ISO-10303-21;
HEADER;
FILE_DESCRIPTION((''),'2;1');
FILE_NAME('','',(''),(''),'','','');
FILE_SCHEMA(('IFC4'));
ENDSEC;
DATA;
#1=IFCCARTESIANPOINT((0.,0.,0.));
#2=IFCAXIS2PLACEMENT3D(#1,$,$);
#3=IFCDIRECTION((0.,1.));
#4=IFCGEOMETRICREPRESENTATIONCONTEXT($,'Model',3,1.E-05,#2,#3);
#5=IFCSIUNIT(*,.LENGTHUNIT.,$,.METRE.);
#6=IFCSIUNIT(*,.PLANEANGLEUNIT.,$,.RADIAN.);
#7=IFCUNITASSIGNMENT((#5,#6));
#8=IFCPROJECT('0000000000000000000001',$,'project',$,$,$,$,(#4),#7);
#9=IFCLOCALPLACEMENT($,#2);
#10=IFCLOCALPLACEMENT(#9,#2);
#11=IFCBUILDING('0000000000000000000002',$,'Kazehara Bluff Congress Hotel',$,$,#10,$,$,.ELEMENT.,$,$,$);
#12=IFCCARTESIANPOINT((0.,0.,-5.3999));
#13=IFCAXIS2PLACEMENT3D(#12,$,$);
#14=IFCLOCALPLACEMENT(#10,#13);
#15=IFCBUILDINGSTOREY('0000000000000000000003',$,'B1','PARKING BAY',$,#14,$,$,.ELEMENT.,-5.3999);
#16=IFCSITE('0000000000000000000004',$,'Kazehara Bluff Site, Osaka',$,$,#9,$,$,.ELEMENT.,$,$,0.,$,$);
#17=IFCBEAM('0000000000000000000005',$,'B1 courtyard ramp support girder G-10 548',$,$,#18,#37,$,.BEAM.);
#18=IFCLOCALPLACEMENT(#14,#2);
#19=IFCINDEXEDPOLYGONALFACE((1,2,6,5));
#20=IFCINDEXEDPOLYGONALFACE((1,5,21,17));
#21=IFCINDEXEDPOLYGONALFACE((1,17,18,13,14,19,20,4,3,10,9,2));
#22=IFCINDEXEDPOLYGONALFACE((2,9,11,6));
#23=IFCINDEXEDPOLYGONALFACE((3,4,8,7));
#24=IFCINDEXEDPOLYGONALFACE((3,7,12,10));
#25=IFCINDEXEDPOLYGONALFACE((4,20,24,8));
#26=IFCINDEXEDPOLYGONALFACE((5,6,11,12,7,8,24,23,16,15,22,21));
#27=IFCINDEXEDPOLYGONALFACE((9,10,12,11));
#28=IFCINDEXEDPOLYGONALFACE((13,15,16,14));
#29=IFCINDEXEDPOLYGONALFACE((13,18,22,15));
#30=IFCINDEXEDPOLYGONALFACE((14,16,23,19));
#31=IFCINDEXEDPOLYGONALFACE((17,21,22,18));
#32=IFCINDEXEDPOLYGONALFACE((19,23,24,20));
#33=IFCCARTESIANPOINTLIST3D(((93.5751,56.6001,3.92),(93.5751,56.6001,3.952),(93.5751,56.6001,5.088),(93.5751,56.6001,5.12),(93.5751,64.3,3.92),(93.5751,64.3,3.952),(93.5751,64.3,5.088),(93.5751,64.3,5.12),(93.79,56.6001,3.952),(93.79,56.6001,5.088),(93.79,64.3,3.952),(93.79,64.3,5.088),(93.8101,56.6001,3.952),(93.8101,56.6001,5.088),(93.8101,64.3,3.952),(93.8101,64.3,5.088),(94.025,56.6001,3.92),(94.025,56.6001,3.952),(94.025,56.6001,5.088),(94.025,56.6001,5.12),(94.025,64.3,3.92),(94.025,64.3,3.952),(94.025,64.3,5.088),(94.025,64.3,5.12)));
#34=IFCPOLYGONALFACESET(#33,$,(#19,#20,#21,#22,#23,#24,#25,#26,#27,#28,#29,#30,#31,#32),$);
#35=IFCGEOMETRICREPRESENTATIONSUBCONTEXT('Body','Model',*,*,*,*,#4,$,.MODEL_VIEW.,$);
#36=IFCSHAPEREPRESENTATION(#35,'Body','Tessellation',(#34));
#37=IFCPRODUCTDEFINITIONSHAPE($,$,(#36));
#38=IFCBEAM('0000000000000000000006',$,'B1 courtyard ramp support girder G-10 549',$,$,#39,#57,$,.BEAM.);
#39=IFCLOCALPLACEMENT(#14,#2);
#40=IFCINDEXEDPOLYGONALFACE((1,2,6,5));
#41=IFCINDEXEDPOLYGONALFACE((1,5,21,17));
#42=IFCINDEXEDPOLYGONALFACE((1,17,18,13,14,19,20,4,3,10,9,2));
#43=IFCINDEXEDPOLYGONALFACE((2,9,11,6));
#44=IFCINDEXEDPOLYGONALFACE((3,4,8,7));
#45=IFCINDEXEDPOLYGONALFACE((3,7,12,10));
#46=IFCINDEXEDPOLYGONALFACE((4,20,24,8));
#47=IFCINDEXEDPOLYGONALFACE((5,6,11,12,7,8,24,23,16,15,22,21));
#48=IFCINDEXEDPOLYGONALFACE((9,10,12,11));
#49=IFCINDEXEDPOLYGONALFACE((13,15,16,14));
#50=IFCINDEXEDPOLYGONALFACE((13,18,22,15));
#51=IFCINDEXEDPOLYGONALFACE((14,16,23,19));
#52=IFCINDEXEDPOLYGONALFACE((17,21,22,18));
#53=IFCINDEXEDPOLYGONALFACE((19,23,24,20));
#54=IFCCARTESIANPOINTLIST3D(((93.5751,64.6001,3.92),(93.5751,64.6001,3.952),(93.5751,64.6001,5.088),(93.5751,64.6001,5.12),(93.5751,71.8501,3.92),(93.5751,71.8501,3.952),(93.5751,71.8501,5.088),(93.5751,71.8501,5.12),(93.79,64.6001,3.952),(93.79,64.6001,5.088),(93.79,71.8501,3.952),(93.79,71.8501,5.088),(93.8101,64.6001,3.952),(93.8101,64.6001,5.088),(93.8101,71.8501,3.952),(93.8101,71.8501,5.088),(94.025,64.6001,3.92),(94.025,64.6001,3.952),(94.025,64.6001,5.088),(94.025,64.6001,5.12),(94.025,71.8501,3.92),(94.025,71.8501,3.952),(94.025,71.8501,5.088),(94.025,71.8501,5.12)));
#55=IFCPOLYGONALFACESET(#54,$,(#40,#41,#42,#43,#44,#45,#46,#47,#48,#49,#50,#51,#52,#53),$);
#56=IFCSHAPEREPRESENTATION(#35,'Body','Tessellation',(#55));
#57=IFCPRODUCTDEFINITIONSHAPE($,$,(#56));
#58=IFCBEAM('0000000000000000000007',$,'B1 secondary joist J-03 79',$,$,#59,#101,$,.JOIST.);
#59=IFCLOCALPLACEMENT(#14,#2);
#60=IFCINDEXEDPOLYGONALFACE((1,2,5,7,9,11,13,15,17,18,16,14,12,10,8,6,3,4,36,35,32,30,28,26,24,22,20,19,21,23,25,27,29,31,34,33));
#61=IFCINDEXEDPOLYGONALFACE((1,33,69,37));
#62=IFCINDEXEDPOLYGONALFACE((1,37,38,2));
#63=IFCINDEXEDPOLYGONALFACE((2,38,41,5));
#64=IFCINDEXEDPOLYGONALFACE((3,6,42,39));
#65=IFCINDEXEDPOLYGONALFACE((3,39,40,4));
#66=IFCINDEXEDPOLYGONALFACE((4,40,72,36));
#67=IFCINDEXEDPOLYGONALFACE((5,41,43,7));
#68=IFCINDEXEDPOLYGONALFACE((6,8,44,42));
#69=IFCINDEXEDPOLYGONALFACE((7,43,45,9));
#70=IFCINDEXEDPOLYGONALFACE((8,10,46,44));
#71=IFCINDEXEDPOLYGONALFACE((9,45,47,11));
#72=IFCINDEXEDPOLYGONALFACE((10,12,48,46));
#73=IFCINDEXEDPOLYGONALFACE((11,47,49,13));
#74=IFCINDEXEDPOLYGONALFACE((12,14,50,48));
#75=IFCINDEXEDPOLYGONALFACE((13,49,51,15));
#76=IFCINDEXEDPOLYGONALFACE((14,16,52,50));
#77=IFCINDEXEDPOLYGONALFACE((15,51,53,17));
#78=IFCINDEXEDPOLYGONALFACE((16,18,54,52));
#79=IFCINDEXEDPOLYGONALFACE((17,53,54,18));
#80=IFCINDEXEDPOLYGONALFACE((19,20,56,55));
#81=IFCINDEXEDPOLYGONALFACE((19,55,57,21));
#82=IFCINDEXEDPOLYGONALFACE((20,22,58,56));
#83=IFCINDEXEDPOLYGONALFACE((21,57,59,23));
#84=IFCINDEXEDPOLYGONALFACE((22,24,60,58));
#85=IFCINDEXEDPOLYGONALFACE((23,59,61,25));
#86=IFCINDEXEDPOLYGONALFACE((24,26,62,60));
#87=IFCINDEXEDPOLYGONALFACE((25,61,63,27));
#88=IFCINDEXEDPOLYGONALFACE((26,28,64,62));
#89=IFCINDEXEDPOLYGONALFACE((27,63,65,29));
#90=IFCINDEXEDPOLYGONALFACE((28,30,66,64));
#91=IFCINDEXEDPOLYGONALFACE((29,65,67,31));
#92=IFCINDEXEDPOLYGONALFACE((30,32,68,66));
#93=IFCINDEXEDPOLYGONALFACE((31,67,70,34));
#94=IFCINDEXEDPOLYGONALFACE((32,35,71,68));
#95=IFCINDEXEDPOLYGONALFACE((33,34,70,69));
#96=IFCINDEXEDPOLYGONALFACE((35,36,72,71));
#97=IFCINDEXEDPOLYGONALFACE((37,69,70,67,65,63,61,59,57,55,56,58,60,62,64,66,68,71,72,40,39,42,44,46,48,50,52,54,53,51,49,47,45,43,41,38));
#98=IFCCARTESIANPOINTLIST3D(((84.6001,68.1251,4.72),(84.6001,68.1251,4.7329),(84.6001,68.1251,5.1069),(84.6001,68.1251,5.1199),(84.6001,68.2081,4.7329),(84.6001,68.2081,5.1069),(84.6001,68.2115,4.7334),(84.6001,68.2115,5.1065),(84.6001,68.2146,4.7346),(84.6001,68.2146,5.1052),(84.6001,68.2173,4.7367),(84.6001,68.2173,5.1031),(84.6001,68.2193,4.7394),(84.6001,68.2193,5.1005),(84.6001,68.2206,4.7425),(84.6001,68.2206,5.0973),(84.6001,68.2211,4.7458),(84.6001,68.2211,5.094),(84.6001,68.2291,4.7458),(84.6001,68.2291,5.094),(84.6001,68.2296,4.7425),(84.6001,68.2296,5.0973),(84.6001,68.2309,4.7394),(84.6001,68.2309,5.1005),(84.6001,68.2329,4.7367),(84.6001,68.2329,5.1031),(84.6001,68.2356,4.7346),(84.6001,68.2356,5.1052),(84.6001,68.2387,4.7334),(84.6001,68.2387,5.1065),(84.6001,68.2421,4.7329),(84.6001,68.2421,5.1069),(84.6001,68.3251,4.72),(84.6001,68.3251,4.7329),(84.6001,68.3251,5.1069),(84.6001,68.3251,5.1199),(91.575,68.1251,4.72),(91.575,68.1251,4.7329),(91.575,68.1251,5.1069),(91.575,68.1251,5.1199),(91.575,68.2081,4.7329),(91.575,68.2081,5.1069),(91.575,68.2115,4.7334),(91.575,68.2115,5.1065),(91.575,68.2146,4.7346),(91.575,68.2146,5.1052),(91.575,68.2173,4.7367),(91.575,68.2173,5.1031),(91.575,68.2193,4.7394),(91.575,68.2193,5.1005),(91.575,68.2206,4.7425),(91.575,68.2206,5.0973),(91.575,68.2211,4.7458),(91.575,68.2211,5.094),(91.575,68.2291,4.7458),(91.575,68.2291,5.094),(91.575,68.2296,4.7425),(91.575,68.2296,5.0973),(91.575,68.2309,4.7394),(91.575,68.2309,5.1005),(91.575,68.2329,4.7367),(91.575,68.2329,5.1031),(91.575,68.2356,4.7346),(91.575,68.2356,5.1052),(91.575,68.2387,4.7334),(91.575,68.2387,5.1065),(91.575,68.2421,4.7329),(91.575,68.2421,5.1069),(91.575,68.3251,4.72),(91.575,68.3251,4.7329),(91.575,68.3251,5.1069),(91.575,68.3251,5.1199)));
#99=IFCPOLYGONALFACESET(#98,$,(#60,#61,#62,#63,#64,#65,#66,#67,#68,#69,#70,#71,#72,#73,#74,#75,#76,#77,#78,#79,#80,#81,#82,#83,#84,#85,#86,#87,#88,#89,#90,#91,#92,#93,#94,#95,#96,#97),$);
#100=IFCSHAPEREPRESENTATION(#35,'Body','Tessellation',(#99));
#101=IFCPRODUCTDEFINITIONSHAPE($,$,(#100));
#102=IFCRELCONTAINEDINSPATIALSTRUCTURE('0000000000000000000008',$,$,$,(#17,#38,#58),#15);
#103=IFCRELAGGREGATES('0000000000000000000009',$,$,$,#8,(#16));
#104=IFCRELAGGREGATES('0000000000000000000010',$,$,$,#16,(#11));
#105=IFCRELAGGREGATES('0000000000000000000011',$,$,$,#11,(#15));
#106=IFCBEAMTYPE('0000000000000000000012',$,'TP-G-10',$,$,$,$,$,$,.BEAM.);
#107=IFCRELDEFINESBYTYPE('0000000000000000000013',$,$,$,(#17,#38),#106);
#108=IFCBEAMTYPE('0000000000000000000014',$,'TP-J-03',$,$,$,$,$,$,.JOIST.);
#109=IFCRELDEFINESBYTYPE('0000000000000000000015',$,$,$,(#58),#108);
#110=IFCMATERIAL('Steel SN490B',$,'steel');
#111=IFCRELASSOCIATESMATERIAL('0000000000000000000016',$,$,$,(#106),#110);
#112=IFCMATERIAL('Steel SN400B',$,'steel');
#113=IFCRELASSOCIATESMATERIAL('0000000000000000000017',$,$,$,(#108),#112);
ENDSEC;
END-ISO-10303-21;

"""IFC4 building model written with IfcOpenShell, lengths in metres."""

from ifc_helpers import new_model, si_unit, direction, frame, origin, origin_2d, place, context, subcontext, project, spatial, i_section, extrude, material, material_profile, profile_set, type_object, element, save


model = new_model("IFC4")

# Units and contexts
model_context = context("Model", 3, precision=1e-05, world=origin(), true_north=direction((0.0, 1.0)))
body_context = subcontext(model_context, "Body", "Model", "MODEL_VIEW")
ifc_project = project(units=[si_unit("LENGTHUNIT", "METRE"), si_unit("PLANEANGLEUNIT", "RADIAN")], contexts=[model_context])

# Site, building, storey
site_placement = place(None, origin())
site = spatial("IfcSite", under=ifc_project, at=site_placement, Name="Kazehara Bluff Site, Osaka", CompositionType="ELEMENT", RefElevation=0.0)
building_placement = place(site_placement, origin())
building = spatial("IfcBuilding", under=site, at=building_placement, Name="Kazehara Bluff Congress Hotel", CompositionType="ELEMENT")
storey_placement = place(building_placement, frame((0.0, 0.0, -5.3999)))
storey = spatial("IfcBuildingStorey", under=building, at=storey_placement, Name="B1", Description="PARKING BAY", CompositionType="ELEMENT", Elevation=-5.3999)

# Beams
ifc_material_1 = material(Name="Steel SN490B", Category="steel")
ifc_material_profile_1 = material_profile(ifc_material_1, i_section(OverallWidth=0.45, OverallDepth=1.2, WebThickness=0.02, FlangeThickness=0.032, at=origin_2d()))
ifc_profile_set_1 = profile_set([ifc_material_profile_1], Name="Steel SN490B")
beam_type_1 = type_object("IfcBeamType", Name="TP-G-10", PredefinedType="BEAM", material=ifc_profile_set_1)
beam_1_placement = place(storey_placement, frame((93.8, 56.6001, 4.52), z_axis=(0.0, 1.0, 0.0), x_axis=(-1.0, 0.0, 0.0)))
element("IfcBeam", 1, at=beam_1_placement, inside=storey, type_object=beam_type_1, Name="B1 courtyard ramp support girder G-10 548", PredefinedType="BEAM", context=body_context, shape_type="SweptSolid", body=[
    extrude(i_section(OverallWidth=0.45, OverallDepth=1.2, WebThickness=0.02, FlangeThickness=0.032, at=origin_2d()), origin(), (0.0, 0.0, 1.0), 7.7),
])
beam_2_placement = place(storey_placement, frame((93.8, 64.6001, 4.52), z_axis=(0.0, 1.0, 0.0), x_axis=(-1.0, 0.0, 0.0)))
element("IfcBeam", 2, at=beam_2_placement, inside=storey, type_object=beam_type_1, Name="B1 courtyard ramp support girder G-10 549", PredefinedType="BEAM", context=body_context, shape_type="SweptSolid", body=[
    extrude(i_section(OverallWidth=0.45, OverallDepth=1.2, WebThickness=0.02, FlangeThickness=0.032, at=origin_2d()), origin(), (0.0, 0.0, 1.0), 7.25),
])
ifc_material_2 = material(Name="Steel SN400B", Category="steel")
ifc_material_profile_2 = material_profile(ifc_material_2, i_section(OverallWidth=0.2, OverallDepth=0.3999, WebThickness=0.0081, FlangeThickness=0.0129, FilletRadius=0.0129, at=origin_2d()))
ifc_profile_set_2 = profile_set([ifc_material_profile_2], Name="Steel SN400B")
beam_type_2 = type_object("IfcBeamType", Name="TP-J-03", PredefinedType="JOIST", material=ifc_profile_set_2)
beam_3_placement = place(storey_placement, frame((84.6001, 68.2251, 4.9199), z_axis=(1.0, 0.0, 0.0), x_axis=(0.0, 1.0, 0.0)))
element("IfcBeam", 3, at=beam_3_placement, inside=storey, type_object=beam_type_2, Name="B1 secondary joist J-03 79", PredefinedType="JOIST", context=body_context, shape_type="SweptSolid", body=[
    extrude(i_section(OverallWidth=0.2, OverallDepth=0.3999, WebThickness=0.0081, FlangeThickness=0.0129, FilletRadius=0.0129, at=origin_2d()), origin(), (0.0, 0.0, 1.0), 6.9749),
])

save(model, "model.ifc")
